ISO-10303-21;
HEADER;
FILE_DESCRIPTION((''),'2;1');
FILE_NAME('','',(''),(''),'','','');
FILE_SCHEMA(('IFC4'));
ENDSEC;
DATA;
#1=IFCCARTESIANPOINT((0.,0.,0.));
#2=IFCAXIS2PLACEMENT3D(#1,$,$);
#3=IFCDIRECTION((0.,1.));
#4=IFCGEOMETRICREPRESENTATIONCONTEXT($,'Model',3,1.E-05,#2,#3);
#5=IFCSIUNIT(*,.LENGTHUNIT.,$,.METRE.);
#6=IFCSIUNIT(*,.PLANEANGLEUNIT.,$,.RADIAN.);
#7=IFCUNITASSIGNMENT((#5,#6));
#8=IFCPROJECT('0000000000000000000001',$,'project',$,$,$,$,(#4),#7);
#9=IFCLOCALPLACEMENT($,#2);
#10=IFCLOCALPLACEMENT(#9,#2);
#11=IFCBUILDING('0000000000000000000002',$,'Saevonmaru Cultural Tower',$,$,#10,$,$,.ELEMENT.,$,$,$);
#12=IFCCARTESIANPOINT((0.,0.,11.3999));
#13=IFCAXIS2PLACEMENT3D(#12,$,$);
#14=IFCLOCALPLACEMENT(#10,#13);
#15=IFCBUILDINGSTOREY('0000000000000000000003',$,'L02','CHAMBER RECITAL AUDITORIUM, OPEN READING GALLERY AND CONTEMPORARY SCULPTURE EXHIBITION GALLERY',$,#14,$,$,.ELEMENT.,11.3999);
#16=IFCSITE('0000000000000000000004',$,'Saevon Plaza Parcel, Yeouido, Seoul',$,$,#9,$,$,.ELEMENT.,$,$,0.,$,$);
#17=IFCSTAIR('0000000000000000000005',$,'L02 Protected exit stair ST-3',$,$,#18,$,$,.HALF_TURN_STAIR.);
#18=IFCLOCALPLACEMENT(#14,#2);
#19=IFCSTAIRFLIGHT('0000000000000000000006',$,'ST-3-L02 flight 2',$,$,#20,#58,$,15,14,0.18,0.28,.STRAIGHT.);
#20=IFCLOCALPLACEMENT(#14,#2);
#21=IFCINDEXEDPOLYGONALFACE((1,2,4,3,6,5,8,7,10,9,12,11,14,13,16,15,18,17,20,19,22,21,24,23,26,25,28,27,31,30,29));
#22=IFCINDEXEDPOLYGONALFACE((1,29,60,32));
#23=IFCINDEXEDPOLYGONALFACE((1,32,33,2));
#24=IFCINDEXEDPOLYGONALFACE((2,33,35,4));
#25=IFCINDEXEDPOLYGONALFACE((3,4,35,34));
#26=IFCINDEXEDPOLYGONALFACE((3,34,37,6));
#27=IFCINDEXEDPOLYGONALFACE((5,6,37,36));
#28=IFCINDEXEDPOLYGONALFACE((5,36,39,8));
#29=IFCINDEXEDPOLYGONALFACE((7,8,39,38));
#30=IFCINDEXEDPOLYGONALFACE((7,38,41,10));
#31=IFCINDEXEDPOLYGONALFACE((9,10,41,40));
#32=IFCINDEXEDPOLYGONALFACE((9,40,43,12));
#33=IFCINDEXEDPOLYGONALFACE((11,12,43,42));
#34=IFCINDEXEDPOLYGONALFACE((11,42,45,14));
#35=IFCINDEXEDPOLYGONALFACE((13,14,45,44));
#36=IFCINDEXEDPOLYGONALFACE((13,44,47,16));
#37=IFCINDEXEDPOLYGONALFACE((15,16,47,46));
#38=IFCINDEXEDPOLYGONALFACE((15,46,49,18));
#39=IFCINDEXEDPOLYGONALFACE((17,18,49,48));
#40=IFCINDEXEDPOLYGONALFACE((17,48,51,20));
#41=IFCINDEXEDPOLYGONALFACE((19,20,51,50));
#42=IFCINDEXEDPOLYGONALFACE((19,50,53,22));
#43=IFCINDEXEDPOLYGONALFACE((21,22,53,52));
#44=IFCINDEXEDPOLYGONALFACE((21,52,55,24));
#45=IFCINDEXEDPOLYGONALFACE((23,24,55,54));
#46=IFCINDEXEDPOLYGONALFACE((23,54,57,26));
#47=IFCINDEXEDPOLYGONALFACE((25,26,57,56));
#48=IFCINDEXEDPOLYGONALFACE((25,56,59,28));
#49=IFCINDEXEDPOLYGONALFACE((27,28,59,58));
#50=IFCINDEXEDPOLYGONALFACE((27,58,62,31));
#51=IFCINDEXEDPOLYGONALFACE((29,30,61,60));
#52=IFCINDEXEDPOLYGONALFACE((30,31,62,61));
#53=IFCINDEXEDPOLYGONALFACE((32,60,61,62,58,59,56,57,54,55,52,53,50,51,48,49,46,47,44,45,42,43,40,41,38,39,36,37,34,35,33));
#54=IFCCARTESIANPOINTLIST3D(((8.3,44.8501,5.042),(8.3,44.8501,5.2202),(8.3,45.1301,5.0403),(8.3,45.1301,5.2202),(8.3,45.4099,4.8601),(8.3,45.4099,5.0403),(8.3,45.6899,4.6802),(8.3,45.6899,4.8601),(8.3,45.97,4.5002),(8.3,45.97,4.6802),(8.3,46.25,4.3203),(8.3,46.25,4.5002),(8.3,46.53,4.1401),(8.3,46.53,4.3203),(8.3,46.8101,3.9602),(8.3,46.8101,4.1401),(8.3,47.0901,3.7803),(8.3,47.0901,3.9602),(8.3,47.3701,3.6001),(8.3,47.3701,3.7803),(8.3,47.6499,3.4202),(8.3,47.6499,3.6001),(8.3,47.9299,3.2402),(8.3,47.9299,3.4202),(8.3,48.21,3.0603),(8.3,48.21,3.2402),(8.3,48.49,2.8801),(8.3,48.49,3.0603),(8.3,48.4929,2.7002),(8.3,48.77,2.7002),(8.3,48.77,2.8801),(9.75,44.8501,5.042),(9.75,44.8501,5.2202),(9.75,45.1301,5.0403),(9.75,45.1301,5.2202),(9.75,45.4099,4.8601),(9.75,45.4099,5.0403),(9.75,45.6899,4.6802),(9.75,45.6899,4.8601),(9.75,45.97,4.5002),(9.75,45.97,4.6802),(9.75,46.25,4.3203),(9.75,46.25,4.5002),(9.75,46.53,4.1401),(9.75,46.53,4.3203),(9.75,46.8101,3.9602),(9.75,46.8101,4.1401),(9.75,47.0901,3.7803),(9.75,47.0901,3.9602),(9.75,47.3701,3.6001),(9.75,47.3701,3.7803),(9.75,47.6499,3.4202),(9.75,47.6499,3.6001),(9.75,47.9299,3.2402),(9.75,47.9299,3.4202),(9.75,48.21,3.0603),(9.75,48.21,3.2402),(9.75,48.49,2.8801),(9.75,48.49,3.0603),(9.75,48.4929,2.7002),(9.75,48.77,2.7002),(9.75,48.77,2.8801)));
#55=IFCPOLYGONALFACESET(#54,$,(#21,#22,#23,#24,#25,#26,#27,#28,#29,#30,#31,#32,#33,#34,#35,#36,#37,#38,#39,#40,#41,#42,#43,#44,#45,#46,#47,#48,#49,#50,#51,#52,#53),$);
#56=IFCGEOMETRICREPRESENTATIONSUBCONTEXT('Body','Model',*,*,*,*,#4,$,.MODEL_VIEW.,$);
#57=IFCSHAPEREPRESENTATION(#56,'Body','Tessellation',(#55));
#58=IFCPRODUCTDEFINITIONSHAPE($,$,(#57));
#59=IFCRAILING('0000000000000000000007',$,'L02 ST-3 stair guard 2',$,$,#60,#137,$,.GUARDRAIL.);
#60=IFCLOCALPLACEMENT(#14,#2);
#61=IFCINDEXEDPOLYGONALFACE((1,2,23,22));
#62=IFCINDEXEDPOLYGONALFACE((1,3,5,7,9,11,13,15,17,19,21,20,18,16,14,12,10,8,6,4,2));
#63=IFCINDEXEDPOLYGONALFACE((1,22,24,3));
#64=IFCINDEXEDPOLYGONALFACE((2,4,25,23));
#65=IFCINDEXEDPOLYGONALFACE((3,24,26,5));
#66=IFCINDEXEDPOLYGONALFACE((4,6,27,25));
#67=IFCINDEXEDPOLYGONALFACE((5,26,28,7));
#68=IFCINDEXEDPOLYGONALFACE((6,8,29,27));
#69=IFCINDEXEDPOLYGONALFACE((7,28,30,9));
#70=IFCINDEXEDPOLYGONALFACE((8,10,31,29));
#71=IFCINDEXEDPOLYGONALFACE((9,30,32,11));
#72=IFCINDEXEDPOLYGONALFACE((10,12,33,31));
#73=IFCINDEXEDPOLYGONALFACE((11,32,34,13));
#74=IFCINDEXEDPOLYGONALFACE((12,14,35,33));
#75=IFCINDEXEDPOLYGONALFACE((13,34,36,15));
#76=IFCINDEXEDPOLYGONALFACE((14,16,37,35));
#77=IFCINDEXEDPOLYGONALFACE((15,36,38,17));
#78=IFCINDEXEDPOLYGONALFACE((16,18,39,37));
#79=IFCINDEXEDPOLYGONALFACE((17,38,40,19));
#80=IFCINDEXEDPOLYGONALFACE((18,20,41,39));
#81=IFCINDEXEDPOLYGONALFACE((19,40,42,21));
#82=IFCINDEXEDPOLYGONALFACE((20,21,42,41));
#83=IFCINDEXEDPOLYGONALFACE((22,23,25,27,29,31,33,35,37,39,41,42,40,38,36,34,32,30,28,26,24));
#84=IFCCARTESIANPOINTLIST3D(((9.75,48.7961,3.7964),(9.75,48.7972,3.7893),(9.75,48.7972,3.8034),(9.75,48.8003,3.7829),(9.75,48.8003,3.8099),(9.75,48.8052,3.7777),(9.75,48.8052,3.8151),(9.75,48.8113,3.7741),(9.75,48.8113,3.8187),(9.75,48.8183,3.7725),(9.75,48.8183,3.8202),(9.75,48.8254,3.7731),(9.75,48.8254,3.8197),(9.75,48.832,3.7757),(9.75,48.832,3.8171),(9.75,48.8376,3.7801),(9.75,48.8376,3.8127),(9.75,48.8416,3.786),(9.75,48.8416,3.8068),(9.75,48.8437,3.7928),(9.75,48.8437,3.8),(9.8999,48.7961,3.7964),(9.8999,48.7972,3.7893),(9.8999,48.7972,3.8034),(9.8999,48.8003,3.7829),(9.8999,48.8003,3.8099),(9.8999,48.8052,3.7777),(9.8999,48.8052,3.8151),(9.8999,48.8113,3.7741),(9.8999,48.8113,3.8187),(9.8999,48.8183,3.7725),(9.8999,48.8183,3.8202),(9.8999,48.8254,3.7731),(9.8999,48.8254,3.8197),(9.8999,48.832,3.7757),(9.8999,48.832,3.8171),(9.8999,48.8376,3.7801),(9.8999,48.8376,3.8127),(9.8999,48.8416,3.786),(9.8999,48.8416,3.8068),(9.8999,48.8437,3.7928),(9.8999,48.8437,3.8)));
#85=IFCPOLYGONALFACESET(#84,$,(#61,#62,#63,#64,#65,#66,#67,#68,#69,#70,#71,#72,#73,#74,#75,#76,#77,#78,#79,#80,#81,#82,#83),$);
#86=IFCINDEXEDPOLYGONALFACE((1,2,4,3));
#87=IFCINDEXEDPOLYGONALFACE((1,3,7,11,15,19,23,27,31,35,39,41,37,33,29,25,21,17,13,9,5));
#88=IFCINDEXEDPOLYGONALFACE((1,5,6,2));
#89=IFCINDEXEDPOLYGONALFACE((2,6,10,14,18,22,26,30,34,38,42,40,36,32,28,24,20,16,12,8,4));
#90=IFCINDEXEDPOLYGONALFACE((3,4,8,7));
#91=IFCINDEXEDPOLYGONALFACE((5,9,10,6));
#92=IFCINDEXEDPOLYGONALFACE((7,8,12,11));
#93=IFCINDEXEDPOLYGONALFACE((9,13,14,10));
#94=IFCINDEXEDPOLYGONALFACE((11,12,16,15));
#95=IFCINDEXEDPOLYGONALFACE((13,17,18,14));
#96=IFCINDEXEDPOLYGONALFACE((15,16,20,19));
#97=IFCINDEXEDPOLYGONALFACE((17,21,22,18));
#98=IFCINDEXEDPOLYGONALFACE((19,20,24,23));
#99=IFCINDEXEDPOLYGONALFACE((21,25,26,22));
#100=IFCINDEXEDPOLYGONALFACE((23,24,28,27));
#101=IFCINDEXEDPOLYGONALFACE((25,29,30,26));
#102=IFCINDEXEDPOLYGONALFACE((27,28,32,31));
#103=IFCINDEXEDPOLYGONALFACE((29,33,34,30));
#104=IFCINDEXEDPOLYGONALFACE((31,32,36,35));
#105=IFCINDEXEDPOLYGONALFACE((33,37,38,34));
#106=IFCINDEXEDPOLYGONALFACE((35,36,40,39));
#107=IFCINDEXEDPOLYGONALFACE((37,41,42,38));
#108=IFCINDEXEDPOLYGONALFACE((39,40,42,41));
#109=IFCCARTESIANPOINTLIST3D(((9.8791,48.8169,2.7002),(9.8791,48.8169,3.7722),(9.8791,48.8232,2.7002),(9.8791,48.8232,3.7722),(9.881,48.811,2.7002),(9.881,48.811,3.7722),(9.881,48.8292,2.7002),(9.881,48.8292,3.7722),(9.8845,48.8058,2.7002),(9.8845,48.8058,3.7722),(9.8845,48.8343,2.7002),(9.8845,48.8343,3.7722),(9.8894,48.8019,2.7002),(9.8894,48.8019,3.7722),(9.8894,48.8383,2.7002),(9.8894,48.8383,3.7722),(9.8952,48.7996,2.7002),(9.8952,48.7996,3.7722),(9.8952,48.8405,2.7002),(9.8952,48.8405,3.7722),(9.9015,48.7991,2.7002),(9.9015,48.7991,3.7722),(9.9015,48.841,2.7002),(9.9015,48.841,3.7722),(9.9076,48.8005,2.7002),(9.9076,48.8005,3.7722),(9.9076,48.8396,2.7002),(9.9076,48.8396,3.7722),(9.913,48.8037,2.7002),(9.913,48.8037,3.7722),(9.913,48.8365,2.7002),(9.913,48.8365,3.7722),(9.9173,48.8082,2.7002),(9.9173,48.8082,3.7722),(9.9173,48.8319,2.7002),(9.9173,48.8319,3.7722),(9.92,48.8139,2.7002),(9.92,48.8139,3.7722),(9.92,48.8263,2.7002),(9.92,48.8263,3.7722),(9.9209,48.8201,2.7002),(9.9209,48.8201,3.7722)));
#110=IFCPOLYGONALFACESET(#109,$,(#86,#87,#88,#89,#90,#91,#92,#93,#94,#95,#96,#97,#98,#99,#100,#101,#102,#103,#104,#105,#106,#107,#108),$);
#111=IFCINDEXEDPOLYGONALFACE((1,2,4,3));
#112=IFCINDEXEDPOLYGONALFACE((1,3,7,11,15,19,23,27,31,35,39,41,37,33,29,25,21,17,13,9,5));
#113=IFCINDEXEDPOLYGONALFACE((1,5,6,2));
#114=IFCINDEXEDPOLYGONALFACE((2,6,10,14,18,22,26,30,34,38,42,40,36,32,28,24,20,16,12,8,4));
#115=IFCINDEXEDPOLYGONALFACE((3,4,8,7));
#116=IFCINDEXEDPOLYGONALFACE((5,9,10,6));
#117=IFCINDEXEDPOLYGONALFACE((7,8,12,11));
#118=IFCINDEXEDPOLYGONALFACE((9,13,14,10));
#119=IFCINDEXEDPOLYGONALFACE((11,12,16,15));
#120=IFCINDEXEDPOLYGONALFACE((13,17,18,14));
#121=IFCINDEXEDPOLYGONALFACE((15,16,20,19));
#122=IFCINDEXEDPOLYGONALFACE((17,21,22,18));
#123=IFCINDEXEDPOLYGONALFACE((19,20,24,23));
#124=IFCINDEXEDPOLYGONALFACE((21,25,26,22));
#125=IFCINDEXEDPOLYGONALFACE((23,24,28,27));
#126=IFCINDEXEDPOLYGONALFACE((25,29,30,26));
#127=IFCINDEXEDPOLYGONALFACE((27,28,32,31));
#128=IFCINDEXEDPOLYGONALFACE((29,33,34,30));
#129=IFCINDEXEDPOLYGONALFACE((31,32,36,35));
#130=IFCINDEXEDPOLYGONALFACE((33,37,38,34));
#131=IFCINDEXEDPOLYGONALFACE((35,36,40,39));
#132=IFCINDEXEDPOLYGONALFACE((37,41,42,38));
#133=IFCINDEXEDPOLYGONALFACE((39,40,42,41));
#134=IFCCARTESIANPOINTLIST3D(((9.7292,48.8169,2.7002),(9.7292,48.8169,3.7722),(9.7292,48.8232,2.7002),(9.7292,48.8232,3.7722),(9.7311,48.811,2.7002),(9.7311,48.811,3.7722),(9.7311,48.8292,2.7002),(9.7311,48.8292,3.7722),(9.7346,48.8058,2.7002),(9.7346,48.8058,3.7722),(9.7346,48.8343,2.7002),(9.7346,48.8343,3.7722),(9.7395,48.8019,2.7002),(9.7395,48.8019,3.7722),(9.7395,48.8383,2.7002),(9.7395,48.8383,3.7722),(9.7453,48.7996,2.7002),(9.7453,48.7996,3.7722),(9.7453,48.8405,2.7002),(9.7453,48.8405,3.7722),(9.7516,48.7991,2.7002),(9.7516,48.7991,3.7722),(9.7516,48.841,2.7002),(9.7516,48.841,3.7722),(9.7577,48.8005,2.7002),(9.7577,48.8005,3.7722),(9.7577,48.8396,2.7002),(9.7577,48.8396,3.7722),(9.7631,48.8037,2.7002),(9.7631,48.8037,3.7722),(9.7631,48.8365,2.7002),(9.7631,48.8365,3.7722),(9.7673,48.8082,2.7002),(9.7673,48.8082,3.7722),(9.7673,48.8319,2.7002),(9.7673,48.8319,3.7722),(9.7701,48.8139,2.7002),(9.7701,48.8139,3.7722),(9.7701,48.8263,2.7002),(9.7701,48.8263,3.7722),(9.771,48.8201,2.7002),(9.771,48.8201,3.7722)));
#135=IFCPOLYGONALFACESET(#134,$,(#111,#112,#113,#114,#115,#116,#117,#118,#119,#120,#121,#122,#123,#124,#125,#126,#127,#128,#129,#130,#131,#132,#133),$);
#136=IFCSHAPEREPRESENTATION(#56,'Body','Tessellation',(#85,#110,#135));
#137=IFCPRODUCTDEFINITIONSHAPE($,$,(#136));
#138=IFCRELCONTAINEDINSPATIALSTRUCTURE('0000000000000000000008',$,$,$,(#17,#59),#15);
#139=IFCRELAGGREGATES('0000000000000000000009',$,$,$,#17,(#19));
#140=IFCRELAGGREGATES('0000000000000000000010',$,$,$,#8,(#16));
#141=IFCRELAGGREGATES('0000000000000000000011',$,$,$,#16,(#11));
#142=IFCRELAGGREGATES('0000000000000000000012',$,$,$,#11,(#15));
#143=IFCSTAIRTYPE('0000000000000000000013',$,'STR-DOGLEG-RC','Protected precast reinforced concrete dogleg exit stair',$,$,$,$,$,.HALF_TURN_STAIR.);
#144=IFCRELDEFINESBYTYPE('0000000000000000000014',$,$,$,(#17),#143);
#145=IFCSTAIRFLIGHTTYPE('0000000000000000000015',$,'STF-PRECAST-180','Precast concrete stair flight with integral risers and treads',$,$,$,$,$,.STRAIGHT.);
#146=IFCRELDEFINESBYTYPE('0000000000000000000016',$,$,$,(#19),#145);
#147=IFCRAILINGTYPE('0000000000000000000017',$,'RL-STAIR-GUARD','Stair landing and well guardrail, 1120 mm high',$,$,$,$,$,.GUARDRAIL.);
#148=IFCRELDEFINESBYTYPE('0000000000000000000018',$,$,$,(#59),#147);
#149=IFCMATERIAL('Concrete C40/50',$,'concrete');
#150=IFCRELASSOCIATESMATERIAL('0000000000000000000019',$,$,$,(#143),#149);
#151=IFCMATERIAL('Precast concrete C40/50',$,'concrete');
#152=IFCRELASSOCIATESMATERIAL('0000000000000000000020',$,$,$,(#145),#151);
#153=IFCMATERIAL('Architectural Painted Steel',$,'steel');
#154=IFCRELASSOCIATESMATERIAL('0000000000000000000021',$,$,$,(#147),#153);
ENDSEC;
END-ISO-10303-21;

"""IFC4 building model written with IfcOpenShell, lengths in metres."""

from ifc_helpers import new_model, si_unit, direction, frame, origin, origin_2d, place, context, subcontext, project, spatial, polyline, circle, outline, extrude, material, type_object, element, aggregate, save


model = new_model("IFC4")

# Units and contexts
model_context = context("Model", 3, precision=1e-05, world=origin(), true_north=direction((0.0, 1.0)))
body_context = subcontext(model_context, "Body", "Model", "MODEL_VIEW")
ifc_project = project(units=[si_unit("LENGTHUNIT", "METRE"), si_unit("PLANEANGLEUNIT", "RADIAN")], contexts=[model_context])

# Site, building, storey
site_placement = place(None, origin())
site = spatial("IfcSite", under=ifc_project, at=site_placement, Name="Saevon Plaza Parcel, Yeouido, Seoul", CompositionType="ELEMENT", RefElevation=0.0)
building_placement = place(site_placement, origin())
building = spatial("IfcBuilding", under=site, at=building_placement, Name="Saevonmaru Cultural Tower", CompositionType="ELEMENT")
storey_placement = place(building_placement, frame((0.0, 0.0, 11.3999)))
storey = spatial("IfcBuildingStorey", under=building, at=storey_placement, Name="L02", Description="CHAMBER RECITAL AUDITORIUM, OPEN READING GALLERY AND CONTEMPORARY SCULPTURE EXHIBITION GALLERY", CompositionType="ELEMENT", Elevation=11.3999)

# Shared definitions
ifc_material_1 = material(Name="Concrete C40/50", Category="concrete")

# Stair, stair flight
stair_type = type_object("IfcStairType", Name="STR-DOGLEG-RC", Description="Protected precast reinforced concrete dogleg exit stair", PredefinedType="HALF_TURN_STAIR", material=ifc_material_1)
stair_placement = place(storey_placement, origin())
stair = element("IfcStair", 1, at=stair_placement, inside=storey, type_object=stair_type, Name="L02 Protected exit stair ST-3", PredefinedType="HALF_TURN_STAIR")
ifc_material_2 = material(Name="Precast concrete C40/50", Category="concrete")
stair_flight_type = type_object("IfcStairFlightType", Name="STF-PRECAST-180", Description="Precast concrete stair flight with integral risers and treads", PredefinedType="STRAIGHT", material=ifc_material_2)
stair_flight_placement = place(storey_placement, frame((9.0249, 48.77, 2.7002), z_axis=(0.0, 0.0, 1.0), x_axis=(0.0, -1.0, 0.0)))
stair_flight = element("IfcStairFlight", 2, at=stair_flight_placement, type_object=stair_flight_type, Name="ST-3-L02 flight 2", NumberOfRisers=15, NumberOfTreads=14, PredefinedType="STRAIGHT", RiserHeight=0.18, TreadLength=0.28, context=body_context, shape_type="SweptSolid", body=[
    extrude(outline(polyline([(0.0, 0.0), (0.0, 0.1799), (0.28, 0.1799), (0.28, 0.3601), (0.5601, 0.3601), (0.5601, 0.54), (0.8401, 0.54), (0.8401, 0.72), (1.1201, 0.72), (1.1201, 0.8999), (1.3999, 0.8999), (1.3999, 1.0801), (1.6799, 1.0801), (1.6799, 1.26), (1.96, 1.26), (1.96, 1.4399), (2.24, 1.4399), (2.24, 1.6201), (2.52, 1.6201), (2.52, 1.8), (2.8, 1.8), (2.8, 1.98), (3.0801, 1.98), (3.0801, 2.1599), (3.3601, 2.1599), (3.3601, 2.3401), (3.6399, 2.3401), (3.6399, 2.52), (3.9199, 2.52), (3.9199, 2.7), (3.9199, 2.3418), (0.2771, 0.0), (0.0, 0.0)])), frame((0.0, 0.7251, 0.0), z_axis=(0.0, -1.0, 0.0), x_axis=(1.0, 0.0, 0.0)), (0.0, 0.0, 1.0), 1.45),
])
aggregate(stair, [stair_flight])

# Railing
ifc_material_3 = material(Name="Architectural Painted Steel", Category="steel")
railing_type_1 = type_object("IfcRailingType", Name="RL-STAIR-GUARD", Description="Stair landing and well guardrail, 1120 mm high", PredefinedType="GUARDRAIL", material=ifc_material_3)
railing_1_placement = place(storey_placement, frame((9.8999, 48.8201, 2.7002)))
element("IfcRailing", 3, at=railing_1_placement, inside=storey, type_object=railing_type_1, Name="L02 ST-3 stair guard 2", PredefinedType="GUARDRAIL", context=body_context, shape_type="SweptSolid", body=[
    extrude(circle(Radius=0.0239, at=origin_2d()), frame((0.0, 0.0, 1.0962), z_axis=(-1.0, 0.0, 0.0), x_axis=(0.0, -1.0, 0.0)), (0.0, 0.0, 1.0), 0.1499),
    extrude(circle(Radius=0.021, at=origin_2d()), origin(), (0.0, 0.0, 1.0), 1.072),
    extrude(circle(Radius=0.021, at=origin_2d()), frame((-0.1499, 0.0, 0.0)), (0.0, 0.0, 1.0), 1.072),
])

save(model, "model.ifc")
